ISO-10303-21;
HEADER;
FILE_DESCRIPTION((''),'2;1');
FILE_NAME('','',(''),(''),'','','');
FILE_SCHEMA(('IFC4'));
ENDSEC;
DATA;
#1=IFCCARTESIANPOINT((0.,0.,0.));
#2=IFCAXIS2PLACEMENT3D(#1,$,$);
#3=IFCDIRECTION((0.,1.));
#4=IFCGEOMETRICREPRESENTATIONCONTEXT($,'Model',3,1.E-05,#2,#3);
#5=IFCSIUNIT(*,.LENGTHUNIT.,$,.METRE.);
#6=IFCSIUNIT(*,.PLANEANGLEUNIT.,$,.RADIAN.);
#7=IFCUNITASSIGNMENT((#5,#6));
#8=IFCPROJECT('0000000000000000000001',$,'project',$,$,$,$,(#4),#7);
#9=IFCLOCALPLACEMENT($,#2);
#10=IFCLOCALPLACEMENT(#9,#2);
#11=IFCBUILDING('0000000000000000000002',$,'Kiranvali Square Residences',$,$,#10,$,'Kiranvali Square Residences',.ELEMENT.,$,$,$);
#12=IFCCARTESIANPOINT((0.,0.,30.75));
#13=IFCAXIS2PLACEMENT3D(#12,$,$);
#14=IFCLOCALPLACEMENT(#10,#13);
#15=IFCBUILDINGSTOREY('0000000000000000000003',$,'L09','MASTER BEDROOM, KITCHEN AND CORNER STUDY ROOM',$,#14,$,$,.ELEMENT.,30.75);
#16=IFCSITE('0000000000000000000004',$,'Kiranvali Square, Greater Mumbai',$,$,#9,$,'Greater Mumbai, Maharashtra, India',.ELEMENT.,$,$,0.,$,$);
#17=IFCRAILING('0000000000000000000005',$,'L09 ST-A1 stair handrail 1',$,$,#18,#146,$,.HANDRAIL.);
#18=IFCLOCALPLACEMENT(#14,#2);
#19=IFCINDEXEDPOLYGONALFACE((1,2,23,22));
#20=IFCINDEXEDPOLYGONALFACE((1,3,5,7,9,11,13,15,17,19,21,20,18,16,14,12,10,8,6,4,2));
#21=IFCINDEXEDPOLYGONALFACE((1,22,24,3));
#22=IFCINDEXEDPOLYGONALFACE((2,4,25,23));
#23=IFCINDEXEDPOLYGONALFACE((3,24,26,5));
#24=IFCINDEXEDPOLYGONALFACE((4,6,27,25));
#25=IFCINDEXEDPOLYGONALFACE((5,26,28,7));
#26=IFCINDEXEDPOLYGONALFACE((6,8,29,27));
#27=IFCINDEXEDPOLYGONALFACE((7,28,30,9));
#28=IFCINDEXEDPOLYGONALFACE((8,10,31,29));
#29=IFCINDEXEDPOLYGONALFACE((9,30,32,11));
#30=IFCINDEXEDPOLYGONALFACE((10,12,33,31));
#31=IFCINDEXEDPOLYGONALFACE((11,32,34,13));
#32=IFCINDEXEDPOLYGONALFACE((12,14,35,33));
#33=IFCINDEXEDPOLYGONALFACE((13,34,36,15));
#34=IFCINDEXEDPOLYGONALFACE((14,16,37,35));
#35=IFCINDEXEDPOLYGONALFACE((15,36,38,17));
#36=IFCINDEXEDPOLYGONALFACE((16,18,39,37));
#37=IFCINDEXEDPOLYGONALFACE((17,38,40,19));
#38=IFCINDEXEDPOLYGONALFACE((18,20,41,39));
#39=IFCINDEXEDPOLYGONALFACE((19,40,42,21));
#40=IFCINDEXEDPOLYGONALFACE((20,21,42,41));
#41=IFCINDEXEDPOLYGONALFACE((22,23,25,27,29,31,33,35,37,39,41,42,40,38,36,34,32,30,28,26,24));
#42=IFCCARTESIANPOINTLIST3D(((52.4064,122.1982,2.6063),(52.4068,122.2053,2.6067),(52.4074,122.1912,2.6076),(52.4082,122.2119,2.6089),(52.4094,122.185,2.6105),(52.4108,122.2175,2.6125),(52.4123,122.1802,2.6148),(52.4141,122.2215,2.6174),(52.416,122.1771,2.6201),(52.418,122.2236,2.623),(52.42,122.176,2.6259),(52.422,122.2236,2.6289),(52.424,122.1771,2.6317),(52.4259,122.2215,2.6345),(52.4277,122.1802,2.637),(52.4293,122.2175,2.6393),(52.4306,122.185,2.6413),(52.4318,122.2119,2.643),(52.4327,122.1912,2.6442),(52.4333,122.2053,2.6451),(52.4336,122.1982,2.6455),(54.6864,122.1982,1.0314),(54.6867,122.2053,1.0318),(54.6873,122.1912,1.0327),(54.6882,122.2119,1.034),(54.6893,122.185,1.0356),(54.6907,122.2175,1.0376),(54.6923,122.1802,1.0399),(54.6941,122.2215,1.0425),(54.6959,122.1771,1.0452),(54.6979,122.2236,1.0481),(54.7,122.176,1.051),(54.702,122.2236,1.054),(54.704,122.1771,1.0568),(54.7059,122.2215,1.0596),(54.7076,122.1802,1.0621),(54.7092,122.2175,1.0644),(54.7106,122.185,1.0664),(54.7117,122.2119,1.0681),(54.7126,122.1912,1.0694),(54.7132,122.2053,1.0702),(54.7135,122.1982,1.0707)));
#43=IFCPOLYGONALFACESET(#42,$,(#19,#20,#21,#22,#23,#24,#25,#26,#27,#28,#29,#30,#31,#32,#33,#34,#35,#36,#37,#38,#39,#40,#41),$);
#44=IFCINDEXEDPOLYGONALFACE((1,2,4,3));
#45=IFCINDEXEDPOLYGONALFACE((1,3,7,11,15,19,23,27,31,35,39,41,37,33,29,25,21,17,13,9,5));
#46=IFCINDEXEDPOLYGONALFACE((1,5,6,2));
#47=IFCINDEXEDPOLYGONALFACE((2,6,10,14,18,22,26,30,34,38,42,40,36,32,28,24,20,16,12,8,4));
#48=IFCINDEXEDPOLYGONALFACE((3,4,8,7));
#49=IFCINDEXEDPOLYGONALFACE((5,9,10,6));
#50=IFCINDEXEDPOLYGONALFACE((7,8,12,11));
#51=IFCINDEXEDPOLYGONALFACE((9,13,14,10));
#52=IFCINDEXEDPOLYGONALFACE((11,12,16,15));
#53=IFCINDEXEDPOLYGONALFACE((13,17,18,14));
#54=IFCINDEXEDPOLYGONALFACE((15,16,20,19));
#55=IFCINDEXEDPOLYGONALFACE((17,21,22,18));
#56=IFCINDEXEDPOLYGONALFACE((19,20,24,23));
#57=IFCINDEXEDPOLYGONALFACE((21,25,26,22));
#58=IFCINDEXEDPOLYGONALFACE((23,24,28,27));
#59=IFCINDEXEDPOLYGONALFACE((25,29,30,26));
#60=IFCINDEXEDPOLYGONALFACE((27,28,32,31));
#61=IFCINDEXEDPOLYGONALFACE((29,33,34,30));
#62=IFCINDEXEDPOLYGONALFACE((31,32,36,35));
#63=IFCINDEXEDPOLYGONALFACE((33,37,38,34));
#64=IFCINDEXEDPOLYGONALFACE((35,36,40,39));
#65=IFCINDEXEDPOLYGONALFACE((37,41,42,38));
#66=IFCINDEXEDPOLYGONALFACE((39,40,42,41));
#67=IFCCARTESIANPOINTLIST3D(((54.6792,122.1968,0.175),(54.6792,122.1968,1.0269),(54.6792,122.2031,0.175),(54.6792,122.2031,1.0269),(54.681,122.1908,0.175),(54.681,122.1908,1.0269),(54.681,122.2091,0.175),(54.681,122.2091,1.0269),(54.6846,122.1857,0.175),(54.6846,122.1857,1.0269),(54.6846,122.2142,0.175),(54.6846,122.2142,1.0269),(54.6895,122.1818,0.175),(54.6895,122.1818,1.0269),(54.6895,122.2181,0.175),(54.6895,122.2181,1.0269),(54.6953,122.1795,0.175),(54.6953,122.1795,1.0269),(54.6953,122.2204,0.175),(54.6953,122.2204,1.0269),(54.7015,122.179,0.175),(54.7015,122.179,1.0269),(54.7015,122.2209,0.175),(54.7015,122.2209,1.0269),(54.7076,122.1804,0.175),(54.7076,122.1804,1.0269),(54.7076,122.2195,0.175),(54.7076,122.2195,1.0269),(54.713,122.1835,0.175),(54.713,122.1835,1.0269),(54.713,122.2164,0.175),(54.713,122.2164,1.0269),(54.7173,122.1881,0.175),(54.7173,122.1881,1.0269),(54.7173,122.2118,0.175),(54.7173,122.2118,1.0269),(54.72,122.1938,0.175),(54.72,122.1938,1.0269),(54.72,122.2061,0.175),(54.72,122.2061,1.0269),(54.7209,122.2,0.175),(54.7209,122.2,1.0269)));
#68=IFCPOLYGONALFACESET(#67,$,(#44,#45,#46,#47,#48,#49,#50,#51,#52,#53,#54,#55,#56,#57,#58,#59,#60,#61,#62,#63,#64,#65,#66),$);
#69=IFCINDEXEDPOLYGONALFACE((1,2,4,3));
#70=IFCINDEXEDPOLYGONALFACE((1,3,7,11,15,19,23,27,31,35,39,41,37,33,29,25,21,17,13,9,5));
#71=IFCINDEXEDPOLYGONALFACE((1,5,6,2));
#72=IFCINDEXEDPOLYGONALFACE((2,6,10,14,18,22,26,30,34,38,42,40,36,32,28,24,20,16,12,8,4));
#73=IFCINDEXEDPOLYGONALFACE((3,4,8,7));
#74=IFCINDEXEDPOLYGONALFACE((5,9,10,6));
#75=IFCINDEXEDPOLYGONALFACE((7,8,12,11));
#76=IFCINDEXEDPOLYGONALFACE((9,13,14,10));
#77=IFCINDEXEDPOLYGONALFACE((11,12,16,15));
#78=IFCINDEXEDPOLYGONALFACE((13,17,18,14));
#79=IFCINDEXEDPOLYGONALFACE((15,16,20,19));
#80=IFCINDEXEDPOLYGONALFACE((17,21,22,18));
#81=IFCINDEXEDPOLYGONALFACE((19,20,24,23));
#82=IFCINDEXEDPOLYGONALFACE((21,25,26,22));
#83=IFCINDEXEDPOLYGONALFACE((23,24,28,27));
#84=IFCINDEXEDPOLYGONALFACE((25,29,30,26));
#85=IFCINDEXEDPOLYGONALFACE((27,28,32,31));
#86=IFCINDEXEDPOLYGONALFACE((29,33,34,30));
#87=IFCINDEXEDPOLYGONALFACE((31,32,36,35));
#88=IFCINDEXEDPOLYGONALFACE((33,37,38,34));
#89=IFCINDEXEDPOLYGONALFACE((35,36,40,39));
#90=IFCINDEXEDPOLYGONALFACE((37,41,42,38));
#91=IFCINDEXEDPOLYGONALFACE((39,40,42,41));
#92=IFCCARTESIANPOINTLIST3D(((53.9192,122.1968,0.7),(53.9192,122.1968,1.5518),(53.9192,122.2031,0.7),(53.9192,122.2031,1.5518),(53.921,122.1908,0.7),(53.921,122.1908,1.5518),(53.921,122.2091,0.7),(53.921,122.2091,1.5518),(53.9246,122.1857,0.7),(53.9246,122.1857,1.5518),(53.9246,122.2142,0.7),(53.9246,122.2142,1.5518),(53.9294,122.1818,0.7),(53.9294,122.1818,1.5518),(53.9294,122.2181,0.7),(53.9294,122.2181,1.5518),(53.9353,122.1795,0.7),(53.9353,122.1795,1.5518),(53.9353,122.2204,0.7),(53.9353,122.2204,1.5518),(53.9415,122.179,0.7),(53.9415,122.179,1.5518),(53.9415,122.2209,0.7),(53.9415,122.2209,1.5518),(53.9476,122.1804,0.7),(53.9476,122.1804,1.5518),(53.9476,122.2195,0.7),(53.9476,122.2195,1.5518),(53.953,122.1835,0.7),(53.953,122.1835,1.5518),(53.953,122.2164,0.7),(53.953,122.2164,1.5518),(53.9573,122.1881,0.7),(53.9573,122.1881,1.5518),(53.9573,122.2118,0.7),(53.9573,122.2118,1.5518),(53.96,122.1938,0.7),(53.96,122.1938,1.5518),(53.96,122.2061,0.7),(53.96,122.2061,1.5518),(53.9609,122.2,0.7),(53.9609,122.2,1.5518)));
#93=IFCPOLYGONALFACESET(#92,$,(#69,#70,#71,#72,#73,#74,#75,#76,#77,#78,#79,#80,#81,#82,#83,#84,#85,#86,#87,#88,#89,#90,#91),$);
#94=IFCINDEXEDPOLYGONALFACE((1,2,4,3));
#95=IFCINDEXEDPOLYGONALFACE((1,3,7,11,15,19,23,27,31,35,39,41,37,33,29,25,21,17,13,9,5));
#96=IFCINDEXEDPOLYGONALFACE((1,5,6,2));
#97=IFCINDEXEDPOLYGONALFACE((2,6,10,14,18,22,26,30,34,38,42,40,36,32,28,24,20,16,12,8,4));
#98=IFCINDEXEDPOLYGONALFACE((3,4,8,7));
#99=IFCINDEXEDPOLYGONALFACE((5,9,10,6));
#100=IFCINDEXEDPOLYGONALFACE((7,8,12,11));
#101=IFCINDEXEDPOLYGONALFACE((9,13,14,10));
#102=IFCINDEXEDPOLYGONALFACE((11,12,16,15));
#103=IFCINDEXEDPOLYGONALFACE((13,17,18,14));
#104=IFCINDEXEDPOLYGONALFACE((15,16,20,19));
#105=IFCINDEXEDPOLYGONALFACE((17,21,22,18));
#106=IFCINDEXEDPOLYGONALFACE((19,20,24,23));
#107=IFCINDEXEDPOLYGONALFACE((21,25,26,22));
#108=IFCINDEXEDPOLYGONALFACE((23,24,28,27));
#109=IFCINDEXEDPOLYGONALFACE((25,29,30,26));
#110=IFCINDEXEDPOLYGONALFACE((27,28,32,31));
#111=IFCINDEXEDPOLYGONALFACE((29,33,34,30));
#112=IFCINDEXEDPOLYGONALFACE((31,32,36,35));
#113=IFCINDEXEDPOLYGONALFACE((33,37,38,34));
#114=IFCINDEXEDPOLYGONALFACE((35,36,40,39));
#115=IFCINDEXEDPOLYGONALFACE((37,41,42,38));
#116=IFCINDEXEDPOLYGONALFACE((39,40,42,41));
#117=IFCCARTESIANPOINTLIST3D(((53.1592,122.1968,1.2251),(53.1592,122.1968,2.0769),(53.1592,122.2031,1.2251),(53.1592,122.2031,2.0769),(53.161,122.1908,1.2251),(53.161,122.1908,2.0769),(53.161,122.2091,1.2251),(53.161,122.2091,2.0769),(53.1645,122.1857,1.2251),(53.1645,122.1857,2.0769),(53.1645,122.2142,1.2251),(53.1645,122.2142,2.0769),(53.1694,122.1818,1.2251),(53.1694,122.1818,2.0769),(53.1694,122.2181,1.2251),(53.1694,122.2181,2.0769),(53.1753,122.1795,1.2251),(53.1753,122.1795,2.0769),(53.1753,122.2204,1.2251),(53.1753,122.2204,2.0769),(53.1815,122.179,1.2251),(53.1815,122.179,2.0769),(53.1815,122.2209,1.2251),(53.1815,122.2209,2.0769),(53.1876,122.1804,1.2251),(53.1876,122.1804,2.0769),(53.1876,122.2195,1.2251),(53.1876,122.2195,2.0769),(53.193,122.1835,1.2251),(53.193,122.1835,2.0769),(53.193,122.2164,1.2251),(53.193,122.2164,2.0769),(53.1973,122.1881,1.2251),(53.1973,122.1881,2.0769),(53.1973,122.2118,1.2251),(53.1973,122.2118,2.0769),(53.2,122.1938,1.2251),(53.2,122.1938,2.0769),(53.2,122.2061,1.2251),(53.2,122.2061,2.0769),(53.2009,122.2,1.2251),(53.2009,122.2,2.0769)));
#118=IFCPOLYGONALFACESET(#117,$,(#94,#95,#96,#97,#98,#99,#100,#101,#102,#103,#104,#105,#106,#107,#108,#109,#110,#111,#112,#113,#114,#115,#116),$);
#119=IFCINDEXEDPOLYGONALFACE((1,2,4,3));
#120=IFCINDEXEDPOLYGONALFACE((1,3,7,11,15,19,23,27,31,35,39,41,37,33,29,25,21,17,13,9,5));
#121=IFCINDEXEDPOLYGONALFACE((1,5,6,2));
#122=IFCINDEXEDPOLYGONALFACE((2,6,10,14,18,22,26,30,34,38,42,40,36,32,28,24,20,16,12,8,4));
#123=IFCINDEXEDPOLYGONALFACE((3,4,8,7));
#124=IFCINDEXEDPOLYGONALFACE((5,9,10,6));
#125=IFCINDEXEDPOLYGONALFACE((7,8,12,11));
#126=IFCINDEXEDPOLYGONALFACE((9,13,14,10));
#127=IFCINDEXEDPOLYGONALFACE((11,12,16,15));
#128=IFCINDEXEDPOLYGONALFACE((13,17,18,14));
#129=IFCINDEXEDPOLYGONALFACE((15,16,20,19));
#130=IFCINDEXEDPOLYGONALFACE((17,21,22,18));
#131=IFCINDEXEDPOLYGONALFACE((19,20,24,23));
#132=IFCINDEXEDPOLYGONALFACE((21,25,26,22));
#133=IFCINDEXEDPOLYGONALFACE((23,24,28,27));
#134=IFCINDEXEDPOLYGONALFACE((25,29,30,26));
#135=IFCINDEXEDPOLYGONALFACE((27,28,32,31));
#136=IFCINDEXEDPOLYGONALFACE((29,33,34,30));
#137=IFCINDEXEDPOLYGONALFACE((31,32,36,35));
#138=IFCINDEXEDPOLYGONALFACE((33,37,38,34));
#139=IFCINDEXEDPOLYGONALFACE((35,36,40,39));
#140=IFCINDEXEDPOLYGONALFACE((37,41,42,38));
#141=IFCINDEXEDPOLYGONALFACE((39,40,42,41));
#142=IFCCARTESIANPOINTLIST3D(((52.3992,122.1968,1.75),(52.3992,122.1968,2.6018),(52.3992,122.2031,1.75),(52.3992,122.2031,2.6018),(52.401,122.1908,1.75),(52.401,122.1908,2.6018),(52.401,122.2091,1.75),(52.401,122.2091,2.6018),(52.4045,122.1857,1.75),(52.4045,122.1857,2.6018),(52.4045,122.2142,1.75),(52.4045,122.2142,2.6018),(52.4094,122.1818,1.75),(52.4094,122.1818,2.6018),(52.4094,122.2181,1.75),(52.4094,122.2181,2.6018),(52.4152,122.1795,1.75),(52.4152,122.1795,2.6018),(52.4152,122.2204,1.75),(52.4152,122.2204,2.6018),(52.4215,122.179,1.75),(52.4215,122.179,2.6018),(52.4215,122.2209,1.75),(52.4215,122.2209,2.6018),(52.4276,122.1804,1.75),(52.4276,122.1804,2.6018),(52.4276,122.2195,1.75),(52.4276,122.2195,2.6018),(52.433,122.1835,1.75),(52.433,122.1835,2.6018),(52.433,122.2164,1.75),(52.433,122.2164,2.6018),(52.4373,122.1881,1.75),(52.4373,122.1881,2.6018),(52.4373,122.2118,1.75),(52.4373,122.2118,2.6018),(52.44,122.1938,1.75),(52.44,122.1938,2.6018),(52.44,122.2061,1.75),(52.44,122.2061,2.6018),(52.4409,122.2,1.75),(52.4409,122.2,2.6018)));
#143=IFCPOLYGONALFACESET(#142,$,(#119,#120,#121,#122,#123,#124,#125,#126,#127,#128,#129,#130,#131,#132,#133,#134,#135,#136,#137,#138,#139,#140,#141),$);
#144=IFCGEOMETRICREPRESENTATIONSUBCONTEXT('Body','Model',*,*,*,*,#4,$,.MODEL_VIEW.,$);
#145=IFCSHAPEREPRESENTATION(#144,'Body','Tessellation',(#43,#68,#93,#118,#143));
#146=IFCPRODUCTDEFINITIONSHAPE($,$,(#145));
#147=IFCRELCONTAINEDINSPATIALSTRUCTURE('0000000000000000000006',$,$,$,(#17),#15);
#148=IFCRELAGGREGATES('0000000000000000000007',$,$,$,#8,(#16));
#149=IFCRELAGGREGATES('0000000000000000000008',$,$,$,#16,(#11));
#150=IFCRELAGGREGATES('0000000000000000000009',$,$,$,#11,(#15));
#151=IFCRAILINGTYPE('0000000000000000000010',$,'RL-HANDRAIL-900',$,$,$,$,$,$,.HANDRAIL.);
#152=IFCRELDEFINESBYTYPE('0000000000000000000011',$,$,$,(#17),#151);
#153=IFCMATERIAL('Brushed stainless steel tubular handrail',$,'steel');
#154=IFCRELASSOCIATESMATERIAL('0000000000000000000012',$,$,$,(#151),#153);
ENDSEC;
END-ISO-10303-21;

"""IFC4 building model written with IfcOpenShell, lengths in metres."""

from ifc_helpers import new_model, si_unit, direction, frame, origin, origin_2d, place, context, subcontext, project, spatial, circle, extrude, material, type_object, element, save


model = new_model("IFC4")

# Units and contexts
model_context = context("Model", 3, precision=1e-05, world=origin(), true_north=direction((0.0, 1.0)))
body_context = subcontext(model_context, "Body", "Model", "MODEL_VIEW")
ifc_project = project(units=[si_unit("LENGTHUNIT", "METRE"), si_unit("PLANEANGLEUNIT", "RADIAN")], contexts=[model_context])

# Site, building, storey
site_placement = place(None, origin())
site = spatial("IfcSite", under=ifc_project, at=site_placement, Name="Kiranvali Square, Greater Mumbai", LongName="Greater Mumbai, Maharashtra, India", CompositionType="ELEMENT", RefElevation=0.0)
building_placement = place(site_placement, origin())
building = spatial("IfcBuilding", under=site, at=building_placement, Name="Kiranvali Square Residences", LongName="Kiranvali Square Residences", CompositionType="ELEMENT")
storey_placement = place(building_placement, frame((0.0, 0.0, 30.75)))
storey = spatial("IfcBuildingStorey", under=building, at=storey_placement, Name="L09", Description="MASTER BEDROOM, KITCHEN AND CORNER STUDY ROOM", CompositionType="ELEMENT", Elevation=30.75)

# Railing
ifc_material_1 = material(Name="Brushed stainless steel tubular handrail", Category="steel")
railing_type_1 = type_object("IfcRailingType", Name="RL-HANDRAIL-900", PredefinedType="HANDRAIL", material=ifc_material_1)
railing_1_placement = place(storey_placement, frame((54.7, 122.2, 0.175)))
element("IfcRailing", 1, at=railing_1_placement, inside=storey, type_object=railing_type_1, Name="L09 ST-A1 stair handrail 1", PredefinedType="HANDRAIL", context=body_context, shape_type="SweptSolid", body=[
    extrude(circle(Radius=0.0239, at=origin_2d()), frame((0.0, 0.0, 0.876), z_axis=(-0.822788, 0.0, 0.568348), x_axis=(0.0, -1.0, 0.0)), (0.0, 0.0, 1.0), 2.771),
    extrude(circle(Radius=0.021, at=origin_2d()), origin(), (0.0, 0.0, 1.0), 0.8518),
    extrude(circle(Radius=0.021, at=origin_2d()), frame((-0.76, 0.0, 0.5249)), (0.0, 0.0, 1.0), 0.8518),
    extrude(circle(Radius=0.021, at=origin_2d()), frame((-1.52, 0.0, 1.05)), (0.0, 0.0, 1.0), 0.8518),
    extrude(circle(Radius=0.021, at=origin_2d()), frame((-2.28, 0.0, 1.575)), (0.0, 0.0, 1.0), 0.8518),
])

save(model, "model.ifc")
